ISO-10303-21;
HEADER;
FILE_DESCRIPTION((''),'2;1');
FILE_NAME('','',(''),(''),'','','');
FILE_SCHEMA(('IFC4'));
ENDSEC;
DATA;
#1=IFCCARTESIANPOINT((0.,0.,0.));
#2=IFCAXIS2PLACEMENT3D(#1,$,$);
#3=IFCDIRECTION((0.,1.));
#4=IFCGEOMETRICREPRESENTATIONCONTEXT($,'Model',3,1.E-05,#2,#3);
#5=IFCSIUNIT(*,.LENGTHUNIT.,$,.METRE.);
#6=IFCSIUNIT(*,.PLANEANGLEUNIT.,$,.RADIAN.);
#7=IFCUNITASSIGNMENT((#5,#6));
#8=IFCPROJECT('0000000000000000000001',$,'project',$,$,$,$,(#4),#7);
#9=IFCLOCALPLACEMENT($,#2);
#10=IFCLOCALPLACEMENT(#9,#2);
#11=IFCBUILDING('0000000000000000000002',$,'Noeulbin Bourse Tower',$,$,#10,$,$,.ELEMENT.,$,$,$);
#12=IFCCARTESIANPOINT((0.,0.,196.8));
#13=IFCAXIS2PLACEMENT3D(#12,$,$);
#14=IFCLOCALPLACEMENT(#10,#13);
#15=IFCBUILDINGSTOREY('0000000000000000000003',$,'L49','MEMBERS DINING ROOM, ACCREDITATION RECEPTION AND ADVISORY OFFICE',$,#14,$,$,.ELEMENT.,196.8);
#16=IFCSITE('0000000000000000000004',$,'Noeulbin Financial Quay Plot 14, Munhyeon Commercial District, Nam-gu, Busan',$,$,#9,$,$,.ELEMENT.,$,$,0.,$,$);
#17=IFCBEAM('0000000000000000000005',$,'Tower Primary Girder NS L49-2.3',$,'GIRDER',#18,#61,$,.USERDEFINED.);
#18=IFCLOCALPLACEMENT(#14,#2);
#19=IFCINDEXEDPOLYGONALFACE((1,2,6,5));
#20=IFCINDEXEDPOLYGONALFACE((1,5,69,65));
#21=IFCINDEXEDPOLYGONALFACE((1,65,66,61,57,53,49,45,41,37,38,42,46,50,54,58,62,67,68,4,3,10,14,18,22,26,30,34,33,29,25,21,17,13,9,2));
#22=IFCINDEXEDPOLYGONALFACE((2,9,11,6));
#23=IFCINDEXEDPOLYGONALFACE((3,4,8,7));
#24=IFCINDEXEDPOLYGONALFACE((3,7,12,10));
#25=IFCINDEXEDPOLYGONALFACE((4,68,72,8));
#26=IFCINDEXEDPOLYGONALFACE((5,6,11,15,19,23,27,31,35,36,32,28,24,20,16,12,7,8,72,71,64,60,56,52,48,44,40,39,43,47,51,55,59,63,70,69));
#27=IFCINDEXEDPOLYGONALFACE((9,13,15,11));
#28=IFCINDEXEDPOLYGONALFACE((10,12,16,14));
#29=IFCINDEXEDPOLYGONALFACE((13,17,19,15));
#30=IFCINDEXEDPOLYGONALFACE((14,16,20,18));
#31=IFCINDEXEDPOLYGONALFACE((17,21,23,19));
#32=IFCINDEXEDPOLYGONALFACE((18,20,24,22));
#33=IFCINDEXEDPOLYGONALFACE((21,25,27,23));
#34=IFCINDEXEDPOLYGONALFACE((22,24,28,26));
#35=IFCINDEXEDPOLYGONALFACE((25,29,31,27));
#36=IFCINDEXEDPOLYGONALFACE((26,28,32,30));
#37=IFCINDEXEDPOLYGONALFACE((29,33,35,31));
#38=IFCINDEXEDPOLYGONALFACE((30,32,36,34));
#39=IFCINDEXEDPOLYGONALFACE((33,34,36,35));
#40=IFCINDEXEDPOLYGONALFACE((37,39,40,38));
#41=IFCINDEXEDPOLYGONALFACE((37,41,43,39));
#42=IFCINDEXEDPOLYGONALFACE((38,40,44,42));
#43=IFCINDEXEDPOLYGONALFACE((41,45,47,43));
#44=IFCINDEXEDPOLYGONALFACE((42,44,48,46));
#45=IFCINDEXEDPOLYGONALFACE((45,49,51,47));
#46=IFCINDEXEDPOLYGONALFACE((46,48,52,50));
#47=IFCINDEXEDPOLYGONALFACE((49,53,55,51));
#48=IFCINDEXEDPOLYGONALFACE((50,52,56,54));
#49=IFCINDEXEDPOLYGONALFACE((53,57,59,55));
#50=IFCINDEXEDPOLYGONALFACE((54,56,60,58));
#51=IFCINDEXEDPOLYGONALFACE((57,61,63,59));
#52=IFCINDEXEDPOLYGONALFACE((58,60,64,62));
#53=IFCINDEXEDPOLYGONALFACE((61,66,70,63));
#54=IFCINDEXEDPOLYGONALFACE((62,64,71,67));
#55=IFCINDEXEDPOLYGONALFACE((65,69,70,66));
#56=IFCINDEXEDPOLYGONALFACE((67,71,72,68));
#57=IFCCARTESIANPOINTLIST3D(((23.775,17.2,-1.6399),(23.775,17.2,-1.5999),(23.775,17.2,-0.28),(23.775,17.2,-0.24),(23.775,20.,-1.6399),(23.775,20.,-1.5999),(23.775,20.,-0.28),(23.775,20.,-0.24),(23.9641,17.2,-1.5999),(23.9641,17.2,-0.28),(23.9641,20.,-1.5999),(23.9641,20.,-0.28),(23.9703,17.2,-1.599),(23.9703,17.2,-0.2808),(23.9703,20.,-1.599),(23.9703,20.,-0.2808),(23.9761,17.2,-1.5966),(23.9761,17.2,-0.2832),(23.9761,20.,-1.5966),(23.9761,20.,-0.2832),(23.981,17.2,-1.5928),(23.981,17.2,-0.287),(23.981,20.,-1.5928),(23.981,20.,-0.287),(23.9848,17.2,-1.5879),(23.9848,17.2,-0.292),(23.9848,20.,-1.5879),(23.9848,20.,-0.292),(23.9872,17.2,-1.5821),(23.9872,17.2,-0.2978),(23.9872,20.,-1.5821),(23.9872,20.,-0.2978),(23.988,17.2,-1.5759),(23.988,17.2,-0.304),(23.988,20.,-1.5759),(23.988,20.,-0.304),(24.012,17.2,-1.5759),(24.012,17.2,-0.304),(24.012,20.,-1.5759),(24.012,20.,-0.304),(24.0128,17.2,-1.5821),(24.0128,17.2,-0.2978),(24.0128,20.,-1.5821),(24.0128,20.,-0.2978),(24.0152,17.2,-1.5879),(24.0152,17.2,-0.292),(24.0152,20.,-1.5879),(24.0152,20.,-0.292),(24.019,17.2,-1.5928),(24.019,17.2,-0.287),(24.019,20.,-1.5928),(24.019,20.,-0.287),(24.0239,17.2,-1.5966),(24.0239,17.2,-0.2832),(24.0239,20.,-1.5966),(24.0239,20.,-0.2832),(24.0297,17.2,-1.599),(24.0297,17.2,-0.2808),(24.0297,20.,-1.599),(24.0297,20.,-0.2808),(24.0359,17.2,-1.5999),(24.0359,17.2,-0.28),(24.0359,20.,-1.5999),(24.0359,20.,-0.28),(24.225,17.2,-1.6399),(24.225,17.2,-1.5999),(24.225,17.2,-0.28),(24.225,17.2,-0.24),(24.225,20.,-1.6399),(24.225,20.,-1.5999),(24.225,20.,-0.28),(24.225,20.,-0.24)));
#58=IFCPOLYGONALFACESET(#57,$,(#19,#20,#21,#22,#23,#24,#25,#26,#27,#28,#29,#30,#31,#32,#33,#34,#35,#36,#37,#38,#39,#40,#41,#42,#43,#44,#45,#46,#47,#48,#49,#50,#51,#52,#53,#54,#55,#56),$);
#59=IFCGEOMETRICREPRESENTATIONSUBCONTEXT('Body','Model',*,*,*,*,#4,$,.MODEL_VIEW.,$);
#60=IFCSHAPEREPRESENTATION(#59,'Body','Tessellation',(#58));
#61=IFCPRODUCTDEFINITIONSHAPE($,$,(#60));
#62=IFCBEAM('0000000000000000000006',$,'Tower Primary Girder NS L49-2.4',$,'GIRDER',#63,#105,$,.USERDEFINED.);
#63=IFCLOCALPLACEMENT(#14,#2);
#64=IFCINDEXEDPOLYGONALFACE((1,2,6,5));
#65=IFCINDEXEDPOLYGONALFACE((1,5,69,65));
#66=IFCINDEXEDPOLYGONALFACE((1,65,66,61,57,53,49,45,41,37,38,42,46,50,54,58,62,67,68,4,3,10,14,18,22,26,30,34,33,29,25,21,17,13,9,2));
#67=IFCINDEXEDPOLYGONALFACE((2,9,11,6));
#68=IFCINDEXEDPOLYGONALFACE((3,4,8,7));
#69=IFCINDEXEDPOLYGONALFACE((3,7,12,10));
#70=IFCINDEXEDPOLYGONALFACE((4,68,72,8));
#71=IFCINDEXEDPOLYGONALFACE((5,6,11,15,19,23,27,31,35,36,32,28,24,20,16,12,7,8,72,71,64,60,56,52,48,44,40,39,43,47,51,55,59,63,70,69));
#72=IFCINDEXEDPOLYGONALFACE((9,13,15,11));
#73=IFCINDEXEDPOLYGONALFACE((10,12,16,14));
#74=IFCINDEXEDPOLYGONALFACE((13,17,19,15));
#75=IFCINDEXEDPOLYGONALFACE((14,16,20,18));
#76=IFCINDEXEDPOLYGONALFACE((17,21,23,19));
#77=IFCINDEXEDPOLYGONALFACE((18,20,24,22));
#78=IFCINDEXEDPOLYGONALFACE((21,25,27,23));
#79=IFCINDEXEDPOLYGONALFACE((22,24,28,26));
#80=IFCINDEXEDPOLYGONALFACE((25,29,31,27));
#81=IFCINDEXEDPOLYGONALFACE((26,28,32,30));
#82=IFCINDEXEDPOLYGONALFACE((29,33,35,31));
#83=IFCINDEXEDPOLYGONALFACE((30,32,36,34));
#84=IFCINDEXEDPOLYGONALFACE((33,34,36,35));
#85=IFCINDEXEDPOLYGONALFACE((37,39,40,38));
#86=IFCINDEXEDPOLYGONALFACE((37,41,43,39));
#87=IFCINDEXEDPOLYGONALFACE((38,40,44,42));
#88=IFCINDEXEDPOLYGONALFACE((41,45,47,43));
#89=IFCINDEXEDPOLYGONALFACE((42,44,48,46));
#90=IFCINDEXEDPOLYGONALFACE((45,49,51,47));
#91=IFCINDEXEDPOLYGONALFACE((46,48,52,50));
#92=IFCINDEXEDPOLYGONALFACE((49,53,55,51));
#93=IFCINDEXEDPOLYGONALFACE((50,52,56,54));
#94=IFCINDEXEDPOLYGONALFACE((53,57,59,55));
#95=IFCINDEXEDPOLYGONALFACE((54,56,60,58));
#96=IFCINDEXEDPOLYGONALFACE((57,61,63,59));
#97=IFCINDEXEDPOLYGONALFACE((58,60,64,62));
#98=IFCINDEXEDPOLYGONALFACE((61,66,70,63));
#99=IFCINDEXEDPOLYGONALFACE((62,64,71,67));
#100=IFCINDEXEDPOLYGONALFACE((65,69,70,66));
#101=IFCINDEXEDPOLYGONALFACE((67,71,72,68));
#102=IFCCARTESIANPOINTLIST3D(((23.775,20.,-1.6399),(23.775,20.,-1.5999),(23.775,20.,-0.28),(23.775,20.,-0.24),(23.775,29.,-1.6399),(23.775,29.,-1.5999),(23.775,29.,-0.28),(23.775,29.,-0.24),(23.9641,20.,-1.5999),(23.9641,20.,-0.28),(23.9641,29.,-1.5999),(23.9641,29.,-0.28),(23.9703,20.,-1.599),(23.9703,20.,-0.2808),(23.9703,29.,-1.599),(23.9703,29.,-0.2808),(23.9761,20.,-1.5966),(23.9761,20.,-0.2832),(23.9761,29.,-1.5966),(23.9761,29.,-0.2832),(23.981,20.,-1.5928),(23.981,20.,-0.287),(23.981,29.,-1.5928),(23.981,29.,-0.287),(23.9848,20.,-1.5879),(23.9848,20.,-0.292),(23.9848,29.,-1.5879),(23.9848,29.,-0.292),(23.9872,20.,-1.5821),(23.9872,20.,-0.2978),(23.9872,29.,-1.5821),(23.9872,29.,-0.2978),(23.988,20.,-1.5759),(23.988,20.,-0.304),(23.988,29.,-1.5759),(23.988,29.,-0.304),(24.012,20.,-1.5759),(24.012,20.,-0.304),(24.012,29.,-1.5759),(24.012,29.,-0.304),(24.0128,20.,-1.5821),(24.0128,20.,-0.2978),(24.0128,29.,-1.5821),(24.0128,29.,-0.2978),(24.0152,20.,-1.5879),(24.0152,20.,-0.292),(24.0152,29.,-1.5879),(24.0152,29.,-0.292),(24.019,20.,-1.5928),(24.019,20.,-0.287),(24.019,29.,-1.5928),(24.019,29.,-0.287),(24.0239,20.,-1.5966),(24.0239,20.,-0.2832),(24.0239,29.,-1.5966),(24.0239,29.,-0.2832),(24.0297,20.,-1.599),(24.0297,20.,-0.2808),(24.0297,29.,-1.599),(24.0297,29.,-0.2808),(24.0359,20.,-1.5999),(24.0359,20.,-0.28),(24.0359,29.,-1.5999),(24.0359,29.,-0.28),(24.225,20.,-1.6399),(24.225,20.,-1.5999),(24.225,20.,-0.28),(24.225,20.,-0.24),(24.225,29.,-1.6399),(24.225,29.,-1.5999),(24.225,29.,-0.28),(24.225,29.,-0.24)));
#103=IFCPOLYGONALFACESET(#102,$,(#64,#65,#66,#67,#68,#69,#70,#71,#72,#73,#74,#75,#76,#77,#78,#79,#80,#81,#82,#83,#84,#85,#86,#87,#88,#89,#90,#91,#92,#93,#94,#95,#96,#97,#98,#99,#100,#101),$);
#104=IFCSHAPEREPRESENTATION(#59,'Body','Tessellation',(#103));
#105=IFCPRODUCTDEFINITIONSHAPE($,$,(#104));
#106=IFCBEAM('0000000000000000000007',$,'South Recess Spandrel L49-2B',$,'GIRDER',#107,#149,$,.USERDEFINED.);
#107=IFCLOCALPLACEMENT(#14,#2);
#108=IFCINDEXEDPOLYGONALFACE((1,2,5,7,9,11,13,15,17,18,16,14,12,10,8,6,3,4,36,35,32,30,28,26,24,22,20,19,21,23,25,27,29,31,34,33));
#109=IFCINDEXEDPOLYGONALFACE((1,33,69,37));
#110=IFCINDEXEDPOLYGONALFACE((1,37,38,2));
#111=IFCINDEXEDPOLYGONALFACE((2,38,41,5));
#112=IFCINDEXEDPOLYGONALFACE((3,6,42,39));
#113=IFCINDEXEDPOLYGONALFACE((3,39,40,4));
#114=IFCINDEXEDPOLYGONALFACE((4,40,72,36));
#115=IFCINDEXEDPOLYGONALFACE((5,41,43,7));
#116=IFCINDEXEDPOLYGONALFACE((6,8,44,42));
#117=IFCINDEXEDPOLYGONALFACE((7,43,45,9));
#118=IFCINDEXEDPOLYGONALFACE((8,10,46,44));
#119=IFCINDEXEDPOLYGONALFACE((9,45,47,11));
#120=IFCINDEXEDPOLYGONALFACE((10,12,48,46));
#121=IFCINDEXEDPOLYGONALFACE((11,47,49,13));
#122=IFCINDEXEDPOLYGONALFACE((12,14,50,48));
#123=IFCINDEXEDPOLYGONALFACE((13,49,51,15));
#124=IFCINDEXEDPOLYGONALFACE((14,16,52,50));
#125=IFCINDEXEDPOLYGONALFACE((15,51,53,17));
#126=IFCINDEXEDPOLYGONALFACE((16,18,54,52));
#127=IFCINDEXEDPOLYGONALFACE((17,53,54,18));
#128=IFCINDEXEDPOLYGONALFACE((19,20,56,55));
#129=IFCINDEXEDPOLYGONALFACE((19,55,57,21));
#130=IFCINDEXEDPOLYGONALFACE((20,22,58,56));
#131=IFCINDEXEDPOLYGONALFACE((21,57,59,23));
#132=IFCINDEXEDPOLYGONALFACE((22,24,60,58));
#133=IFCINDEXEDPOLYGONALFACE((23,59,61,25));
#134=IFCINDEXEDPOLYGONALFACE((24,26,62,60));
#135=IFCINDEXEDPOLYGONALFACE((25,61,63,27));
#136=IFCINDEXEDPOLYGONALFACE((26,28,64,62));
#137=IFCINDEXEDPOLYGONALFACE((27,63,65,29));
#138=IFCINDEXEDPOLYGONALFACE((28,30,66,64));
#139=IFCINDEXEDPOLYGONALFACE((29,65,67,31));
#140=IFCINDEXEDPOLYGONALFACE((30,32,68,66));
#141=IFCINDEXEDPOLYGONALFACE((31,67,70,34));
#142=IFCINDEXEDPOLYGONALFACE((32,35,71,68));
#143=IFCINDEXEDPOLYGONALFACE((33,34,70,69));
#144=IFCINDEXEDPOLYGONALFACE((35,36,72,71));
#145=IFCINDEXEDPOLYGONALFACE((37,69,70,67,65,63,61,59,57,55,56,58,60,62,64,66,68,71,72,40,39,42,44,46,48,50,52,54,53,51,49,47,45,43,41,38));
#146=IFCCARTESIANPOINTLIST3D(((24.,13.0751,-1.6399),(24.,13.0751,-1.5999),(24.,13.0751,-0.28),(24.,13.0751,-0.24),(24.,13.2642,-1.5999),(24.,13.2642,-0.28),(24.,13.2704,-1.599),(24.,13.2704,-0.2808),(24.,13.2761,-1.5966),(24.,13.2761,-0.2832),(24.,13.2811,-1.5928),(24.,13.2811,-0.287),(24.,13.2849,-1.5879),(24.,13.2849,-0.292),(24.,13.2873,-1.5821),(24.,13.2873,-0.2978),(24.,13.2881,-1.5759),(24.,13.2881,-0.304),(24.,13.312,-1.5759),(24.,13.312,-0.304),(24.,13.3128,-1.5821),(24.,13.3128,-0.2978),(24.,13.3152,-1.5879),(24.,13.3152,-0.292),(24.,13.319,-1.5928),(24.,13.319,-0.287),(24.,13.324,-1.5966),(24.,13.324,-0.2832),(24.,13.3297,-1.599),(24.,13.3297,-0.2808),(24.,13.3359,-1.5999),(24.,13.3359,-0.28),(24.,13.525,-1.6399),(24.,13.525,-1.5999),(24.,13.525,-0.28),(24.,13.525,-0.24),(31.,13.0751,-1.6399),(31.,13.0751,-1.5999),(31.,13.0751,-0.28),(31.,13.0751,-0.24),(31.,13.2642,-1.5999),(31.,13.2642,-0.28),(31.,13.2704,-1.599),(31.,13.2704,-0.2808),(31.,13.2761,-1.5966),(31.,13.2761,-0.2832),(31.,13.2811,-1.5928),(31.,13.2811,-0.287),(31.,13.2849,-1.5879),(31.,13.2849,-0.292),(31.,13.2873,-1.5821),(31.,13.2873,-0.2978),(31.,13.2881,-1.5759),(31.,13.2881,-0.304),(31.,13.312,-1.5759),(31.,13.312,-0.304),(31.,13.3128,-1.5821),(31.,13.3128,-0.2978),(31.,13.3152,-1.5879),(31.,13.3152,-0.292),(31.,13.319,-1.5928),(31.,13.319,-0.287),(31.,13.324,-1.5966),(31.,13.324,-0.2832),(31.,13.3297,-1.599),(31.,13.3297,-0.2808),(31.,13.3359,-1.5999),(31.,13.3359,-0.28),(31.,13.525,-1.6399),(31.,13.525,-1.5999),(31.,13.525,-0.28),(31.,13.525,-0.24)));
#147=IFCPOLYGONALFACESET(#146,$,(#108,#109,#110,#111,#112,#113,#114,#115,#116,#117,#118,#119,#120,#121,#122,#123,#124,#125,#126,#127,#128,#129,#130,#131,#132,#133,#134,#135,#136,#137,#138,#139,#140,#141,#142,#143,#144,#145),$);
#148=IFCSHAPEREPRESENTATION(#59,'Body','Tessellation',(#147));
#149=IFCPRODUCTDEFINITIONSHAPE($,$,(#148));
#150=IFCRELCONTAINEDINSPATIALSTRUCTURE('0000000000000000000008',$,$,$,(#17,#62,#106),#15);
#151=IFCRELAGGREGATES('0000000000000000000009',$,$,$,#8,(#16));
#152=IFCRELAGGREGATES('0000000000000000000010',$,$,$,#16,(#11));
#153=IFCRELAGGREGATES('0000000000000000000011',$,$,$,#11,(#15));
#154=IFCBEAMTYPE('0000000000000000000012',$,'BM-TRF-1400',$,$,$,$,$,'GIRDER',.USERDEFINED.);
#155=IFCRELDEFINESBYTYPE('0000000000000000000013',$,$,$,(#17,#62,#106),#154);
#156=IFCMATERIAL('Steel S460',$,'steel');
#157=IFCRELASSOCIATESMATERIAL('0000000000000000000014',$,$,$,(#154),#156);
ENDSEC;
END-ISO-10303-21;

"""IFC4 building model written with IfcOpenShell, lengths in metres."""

from ifc_helpers import new_model, si_unit, direction, frame, origin, origin_2d, place, context, subcontext, project, spatial, i_section, extrude, material, material_profile, profile_set, type_object, element, save


model = new_model("IFC4")

# Units and contexts
model_context = context("Model", 3, precision=1e-05, world=origin(), true_north=direction((0.0, 1.0)))
body_context = subcontext(model_context, "Body", "Model", "MODEL_VIEW")
ifc_project = project(units=[si_unit("LENGTHUNIT", "METRE"), si_unit("PLANEANGLEUNIT", "RADIAN")], contexts=[model_context])

# Site, building, storey
site_placement = place(None, origin())
site = spatial("IfcSite", under=ifc_project, at=site_placement, Name="Noeulbin Financial Quay Plot 14, Munhyeon Commercial District, Nam-gu, Busan", CompositionType="ELEMENT", RefElevation=0.0)
building_placement = place(site_placement, origin())
building = spatial("IfcBuilding", under=site, at=building_placement, Name="Noeulbin Bourse Tower", CompositionType="ELEMENT")
storey_placement = place(building_placement, frame((0.0, 0.0, 196.8)))
storey = spatial("IfcBuildingStorey", under=building, at=storey_placement, Name="L49", Description="MEMBERS DINING ROOM, ACCREDITATION RECEPTION AND ADVISORY OFFICE", CompositionType="ELEMENT", Elevation=196.8)

# Shared definitions
ifc_material_1 = material(Name="Steel S460", Category="steel")

# Beams
ifc_material_profile_1 = material_profile(ifc_material_1, i_section(OverallWidth=0.45, OverallDepth=1.3999, WebThickness=0.0239, FlangeThickness=0.04, FilletRadius=0.0239, at=origin_2d()), Name="PG-1400x450x24x40", Category="LoadBearing")
ifc_profile_set_1 = profile_set([ifc_material_profile_1], Name="Steel S460")
beam_type_1 = type_object("IfcBeamType", Name="BM-TRF-1400", ElementType="GIRDER", PredefinedType="USERDEFINED", material=ifc_profile_set_1)
beam_1_placement = place(storey_placement, frame((24.0, 17.2, -0.9399), z_axis=(0.0, 1.0, 0.0), x_axis=(-1.0, 0.0, 0.0)))
element("IfcBeam", 1, at=beam_1_placement, inside=storey, type_object=beam_type_1, Name="Tower Primary Girder NS L49-2.3", ObjectType="GIRDER", PredefinedType="USERDEFINED", context=body_context, shape_type="SweptSolid", body=[
    extrude(i_section(OverallWidth=0.45, OverallDepth=1.3999, WebThickness=0.0239, FlangeThickness=0.04, FilletRadius=0.0239, at=origin_2d()), origin(), (0.0, 0.0, 1.0), 2.8),
])
beam_2_placement = place(storey_placement, frame((24.0, 20.0, -0.9399), z_axis=(0.0, 1.0, 0.0), x_axis=(-1.0, 0.0, 0.0)))
element("IfcBeam", 2, at=beam_2_placement, inside=storey, type_object=beam_type_1, Name="Tower Primary Girder NS L49-2.4", ObjectType="GIRDER", PredefinedType="USERDEFINED", context=body_context, shape_type="SweptSolid", body=[
    extrude(i_section(OverallWidth=0.45, OverallDepth=1.3999, WebThickness=0.0239, FlangeThickness=0.04, FilletRadius=0.0239, at=origin_2d()), origin(), (0.0, 0.0, 1.0), 9.0),
])
beam_3_placement = place(storey_placement, frame((24.0, 13.3, -0.9399), z_axis=(1.0, 0.0, 0.0), x_axis=(0.0, 1.0, 0.0)))
element("IfcBeam", 3, at=beam_3_placement, inside=storey, type_object=beam_type_1, Name="South Recess Spandrel L49-2B", ObjectType="GIRDER", PredefinedType="USERDEFINED", context=body_context, shape_type="SweptSolid", body=[
    extrude(i_section(OverallWidth=0.45, OverallDepth=1.3999, WebThickness=0.0239, FlangeThickness=0.04, FilletRadius=0.0239, at=origin_2d()), origin(), (0.0, 0.0, 1.0), 7.0),
])

save(model, "model.ifc")
